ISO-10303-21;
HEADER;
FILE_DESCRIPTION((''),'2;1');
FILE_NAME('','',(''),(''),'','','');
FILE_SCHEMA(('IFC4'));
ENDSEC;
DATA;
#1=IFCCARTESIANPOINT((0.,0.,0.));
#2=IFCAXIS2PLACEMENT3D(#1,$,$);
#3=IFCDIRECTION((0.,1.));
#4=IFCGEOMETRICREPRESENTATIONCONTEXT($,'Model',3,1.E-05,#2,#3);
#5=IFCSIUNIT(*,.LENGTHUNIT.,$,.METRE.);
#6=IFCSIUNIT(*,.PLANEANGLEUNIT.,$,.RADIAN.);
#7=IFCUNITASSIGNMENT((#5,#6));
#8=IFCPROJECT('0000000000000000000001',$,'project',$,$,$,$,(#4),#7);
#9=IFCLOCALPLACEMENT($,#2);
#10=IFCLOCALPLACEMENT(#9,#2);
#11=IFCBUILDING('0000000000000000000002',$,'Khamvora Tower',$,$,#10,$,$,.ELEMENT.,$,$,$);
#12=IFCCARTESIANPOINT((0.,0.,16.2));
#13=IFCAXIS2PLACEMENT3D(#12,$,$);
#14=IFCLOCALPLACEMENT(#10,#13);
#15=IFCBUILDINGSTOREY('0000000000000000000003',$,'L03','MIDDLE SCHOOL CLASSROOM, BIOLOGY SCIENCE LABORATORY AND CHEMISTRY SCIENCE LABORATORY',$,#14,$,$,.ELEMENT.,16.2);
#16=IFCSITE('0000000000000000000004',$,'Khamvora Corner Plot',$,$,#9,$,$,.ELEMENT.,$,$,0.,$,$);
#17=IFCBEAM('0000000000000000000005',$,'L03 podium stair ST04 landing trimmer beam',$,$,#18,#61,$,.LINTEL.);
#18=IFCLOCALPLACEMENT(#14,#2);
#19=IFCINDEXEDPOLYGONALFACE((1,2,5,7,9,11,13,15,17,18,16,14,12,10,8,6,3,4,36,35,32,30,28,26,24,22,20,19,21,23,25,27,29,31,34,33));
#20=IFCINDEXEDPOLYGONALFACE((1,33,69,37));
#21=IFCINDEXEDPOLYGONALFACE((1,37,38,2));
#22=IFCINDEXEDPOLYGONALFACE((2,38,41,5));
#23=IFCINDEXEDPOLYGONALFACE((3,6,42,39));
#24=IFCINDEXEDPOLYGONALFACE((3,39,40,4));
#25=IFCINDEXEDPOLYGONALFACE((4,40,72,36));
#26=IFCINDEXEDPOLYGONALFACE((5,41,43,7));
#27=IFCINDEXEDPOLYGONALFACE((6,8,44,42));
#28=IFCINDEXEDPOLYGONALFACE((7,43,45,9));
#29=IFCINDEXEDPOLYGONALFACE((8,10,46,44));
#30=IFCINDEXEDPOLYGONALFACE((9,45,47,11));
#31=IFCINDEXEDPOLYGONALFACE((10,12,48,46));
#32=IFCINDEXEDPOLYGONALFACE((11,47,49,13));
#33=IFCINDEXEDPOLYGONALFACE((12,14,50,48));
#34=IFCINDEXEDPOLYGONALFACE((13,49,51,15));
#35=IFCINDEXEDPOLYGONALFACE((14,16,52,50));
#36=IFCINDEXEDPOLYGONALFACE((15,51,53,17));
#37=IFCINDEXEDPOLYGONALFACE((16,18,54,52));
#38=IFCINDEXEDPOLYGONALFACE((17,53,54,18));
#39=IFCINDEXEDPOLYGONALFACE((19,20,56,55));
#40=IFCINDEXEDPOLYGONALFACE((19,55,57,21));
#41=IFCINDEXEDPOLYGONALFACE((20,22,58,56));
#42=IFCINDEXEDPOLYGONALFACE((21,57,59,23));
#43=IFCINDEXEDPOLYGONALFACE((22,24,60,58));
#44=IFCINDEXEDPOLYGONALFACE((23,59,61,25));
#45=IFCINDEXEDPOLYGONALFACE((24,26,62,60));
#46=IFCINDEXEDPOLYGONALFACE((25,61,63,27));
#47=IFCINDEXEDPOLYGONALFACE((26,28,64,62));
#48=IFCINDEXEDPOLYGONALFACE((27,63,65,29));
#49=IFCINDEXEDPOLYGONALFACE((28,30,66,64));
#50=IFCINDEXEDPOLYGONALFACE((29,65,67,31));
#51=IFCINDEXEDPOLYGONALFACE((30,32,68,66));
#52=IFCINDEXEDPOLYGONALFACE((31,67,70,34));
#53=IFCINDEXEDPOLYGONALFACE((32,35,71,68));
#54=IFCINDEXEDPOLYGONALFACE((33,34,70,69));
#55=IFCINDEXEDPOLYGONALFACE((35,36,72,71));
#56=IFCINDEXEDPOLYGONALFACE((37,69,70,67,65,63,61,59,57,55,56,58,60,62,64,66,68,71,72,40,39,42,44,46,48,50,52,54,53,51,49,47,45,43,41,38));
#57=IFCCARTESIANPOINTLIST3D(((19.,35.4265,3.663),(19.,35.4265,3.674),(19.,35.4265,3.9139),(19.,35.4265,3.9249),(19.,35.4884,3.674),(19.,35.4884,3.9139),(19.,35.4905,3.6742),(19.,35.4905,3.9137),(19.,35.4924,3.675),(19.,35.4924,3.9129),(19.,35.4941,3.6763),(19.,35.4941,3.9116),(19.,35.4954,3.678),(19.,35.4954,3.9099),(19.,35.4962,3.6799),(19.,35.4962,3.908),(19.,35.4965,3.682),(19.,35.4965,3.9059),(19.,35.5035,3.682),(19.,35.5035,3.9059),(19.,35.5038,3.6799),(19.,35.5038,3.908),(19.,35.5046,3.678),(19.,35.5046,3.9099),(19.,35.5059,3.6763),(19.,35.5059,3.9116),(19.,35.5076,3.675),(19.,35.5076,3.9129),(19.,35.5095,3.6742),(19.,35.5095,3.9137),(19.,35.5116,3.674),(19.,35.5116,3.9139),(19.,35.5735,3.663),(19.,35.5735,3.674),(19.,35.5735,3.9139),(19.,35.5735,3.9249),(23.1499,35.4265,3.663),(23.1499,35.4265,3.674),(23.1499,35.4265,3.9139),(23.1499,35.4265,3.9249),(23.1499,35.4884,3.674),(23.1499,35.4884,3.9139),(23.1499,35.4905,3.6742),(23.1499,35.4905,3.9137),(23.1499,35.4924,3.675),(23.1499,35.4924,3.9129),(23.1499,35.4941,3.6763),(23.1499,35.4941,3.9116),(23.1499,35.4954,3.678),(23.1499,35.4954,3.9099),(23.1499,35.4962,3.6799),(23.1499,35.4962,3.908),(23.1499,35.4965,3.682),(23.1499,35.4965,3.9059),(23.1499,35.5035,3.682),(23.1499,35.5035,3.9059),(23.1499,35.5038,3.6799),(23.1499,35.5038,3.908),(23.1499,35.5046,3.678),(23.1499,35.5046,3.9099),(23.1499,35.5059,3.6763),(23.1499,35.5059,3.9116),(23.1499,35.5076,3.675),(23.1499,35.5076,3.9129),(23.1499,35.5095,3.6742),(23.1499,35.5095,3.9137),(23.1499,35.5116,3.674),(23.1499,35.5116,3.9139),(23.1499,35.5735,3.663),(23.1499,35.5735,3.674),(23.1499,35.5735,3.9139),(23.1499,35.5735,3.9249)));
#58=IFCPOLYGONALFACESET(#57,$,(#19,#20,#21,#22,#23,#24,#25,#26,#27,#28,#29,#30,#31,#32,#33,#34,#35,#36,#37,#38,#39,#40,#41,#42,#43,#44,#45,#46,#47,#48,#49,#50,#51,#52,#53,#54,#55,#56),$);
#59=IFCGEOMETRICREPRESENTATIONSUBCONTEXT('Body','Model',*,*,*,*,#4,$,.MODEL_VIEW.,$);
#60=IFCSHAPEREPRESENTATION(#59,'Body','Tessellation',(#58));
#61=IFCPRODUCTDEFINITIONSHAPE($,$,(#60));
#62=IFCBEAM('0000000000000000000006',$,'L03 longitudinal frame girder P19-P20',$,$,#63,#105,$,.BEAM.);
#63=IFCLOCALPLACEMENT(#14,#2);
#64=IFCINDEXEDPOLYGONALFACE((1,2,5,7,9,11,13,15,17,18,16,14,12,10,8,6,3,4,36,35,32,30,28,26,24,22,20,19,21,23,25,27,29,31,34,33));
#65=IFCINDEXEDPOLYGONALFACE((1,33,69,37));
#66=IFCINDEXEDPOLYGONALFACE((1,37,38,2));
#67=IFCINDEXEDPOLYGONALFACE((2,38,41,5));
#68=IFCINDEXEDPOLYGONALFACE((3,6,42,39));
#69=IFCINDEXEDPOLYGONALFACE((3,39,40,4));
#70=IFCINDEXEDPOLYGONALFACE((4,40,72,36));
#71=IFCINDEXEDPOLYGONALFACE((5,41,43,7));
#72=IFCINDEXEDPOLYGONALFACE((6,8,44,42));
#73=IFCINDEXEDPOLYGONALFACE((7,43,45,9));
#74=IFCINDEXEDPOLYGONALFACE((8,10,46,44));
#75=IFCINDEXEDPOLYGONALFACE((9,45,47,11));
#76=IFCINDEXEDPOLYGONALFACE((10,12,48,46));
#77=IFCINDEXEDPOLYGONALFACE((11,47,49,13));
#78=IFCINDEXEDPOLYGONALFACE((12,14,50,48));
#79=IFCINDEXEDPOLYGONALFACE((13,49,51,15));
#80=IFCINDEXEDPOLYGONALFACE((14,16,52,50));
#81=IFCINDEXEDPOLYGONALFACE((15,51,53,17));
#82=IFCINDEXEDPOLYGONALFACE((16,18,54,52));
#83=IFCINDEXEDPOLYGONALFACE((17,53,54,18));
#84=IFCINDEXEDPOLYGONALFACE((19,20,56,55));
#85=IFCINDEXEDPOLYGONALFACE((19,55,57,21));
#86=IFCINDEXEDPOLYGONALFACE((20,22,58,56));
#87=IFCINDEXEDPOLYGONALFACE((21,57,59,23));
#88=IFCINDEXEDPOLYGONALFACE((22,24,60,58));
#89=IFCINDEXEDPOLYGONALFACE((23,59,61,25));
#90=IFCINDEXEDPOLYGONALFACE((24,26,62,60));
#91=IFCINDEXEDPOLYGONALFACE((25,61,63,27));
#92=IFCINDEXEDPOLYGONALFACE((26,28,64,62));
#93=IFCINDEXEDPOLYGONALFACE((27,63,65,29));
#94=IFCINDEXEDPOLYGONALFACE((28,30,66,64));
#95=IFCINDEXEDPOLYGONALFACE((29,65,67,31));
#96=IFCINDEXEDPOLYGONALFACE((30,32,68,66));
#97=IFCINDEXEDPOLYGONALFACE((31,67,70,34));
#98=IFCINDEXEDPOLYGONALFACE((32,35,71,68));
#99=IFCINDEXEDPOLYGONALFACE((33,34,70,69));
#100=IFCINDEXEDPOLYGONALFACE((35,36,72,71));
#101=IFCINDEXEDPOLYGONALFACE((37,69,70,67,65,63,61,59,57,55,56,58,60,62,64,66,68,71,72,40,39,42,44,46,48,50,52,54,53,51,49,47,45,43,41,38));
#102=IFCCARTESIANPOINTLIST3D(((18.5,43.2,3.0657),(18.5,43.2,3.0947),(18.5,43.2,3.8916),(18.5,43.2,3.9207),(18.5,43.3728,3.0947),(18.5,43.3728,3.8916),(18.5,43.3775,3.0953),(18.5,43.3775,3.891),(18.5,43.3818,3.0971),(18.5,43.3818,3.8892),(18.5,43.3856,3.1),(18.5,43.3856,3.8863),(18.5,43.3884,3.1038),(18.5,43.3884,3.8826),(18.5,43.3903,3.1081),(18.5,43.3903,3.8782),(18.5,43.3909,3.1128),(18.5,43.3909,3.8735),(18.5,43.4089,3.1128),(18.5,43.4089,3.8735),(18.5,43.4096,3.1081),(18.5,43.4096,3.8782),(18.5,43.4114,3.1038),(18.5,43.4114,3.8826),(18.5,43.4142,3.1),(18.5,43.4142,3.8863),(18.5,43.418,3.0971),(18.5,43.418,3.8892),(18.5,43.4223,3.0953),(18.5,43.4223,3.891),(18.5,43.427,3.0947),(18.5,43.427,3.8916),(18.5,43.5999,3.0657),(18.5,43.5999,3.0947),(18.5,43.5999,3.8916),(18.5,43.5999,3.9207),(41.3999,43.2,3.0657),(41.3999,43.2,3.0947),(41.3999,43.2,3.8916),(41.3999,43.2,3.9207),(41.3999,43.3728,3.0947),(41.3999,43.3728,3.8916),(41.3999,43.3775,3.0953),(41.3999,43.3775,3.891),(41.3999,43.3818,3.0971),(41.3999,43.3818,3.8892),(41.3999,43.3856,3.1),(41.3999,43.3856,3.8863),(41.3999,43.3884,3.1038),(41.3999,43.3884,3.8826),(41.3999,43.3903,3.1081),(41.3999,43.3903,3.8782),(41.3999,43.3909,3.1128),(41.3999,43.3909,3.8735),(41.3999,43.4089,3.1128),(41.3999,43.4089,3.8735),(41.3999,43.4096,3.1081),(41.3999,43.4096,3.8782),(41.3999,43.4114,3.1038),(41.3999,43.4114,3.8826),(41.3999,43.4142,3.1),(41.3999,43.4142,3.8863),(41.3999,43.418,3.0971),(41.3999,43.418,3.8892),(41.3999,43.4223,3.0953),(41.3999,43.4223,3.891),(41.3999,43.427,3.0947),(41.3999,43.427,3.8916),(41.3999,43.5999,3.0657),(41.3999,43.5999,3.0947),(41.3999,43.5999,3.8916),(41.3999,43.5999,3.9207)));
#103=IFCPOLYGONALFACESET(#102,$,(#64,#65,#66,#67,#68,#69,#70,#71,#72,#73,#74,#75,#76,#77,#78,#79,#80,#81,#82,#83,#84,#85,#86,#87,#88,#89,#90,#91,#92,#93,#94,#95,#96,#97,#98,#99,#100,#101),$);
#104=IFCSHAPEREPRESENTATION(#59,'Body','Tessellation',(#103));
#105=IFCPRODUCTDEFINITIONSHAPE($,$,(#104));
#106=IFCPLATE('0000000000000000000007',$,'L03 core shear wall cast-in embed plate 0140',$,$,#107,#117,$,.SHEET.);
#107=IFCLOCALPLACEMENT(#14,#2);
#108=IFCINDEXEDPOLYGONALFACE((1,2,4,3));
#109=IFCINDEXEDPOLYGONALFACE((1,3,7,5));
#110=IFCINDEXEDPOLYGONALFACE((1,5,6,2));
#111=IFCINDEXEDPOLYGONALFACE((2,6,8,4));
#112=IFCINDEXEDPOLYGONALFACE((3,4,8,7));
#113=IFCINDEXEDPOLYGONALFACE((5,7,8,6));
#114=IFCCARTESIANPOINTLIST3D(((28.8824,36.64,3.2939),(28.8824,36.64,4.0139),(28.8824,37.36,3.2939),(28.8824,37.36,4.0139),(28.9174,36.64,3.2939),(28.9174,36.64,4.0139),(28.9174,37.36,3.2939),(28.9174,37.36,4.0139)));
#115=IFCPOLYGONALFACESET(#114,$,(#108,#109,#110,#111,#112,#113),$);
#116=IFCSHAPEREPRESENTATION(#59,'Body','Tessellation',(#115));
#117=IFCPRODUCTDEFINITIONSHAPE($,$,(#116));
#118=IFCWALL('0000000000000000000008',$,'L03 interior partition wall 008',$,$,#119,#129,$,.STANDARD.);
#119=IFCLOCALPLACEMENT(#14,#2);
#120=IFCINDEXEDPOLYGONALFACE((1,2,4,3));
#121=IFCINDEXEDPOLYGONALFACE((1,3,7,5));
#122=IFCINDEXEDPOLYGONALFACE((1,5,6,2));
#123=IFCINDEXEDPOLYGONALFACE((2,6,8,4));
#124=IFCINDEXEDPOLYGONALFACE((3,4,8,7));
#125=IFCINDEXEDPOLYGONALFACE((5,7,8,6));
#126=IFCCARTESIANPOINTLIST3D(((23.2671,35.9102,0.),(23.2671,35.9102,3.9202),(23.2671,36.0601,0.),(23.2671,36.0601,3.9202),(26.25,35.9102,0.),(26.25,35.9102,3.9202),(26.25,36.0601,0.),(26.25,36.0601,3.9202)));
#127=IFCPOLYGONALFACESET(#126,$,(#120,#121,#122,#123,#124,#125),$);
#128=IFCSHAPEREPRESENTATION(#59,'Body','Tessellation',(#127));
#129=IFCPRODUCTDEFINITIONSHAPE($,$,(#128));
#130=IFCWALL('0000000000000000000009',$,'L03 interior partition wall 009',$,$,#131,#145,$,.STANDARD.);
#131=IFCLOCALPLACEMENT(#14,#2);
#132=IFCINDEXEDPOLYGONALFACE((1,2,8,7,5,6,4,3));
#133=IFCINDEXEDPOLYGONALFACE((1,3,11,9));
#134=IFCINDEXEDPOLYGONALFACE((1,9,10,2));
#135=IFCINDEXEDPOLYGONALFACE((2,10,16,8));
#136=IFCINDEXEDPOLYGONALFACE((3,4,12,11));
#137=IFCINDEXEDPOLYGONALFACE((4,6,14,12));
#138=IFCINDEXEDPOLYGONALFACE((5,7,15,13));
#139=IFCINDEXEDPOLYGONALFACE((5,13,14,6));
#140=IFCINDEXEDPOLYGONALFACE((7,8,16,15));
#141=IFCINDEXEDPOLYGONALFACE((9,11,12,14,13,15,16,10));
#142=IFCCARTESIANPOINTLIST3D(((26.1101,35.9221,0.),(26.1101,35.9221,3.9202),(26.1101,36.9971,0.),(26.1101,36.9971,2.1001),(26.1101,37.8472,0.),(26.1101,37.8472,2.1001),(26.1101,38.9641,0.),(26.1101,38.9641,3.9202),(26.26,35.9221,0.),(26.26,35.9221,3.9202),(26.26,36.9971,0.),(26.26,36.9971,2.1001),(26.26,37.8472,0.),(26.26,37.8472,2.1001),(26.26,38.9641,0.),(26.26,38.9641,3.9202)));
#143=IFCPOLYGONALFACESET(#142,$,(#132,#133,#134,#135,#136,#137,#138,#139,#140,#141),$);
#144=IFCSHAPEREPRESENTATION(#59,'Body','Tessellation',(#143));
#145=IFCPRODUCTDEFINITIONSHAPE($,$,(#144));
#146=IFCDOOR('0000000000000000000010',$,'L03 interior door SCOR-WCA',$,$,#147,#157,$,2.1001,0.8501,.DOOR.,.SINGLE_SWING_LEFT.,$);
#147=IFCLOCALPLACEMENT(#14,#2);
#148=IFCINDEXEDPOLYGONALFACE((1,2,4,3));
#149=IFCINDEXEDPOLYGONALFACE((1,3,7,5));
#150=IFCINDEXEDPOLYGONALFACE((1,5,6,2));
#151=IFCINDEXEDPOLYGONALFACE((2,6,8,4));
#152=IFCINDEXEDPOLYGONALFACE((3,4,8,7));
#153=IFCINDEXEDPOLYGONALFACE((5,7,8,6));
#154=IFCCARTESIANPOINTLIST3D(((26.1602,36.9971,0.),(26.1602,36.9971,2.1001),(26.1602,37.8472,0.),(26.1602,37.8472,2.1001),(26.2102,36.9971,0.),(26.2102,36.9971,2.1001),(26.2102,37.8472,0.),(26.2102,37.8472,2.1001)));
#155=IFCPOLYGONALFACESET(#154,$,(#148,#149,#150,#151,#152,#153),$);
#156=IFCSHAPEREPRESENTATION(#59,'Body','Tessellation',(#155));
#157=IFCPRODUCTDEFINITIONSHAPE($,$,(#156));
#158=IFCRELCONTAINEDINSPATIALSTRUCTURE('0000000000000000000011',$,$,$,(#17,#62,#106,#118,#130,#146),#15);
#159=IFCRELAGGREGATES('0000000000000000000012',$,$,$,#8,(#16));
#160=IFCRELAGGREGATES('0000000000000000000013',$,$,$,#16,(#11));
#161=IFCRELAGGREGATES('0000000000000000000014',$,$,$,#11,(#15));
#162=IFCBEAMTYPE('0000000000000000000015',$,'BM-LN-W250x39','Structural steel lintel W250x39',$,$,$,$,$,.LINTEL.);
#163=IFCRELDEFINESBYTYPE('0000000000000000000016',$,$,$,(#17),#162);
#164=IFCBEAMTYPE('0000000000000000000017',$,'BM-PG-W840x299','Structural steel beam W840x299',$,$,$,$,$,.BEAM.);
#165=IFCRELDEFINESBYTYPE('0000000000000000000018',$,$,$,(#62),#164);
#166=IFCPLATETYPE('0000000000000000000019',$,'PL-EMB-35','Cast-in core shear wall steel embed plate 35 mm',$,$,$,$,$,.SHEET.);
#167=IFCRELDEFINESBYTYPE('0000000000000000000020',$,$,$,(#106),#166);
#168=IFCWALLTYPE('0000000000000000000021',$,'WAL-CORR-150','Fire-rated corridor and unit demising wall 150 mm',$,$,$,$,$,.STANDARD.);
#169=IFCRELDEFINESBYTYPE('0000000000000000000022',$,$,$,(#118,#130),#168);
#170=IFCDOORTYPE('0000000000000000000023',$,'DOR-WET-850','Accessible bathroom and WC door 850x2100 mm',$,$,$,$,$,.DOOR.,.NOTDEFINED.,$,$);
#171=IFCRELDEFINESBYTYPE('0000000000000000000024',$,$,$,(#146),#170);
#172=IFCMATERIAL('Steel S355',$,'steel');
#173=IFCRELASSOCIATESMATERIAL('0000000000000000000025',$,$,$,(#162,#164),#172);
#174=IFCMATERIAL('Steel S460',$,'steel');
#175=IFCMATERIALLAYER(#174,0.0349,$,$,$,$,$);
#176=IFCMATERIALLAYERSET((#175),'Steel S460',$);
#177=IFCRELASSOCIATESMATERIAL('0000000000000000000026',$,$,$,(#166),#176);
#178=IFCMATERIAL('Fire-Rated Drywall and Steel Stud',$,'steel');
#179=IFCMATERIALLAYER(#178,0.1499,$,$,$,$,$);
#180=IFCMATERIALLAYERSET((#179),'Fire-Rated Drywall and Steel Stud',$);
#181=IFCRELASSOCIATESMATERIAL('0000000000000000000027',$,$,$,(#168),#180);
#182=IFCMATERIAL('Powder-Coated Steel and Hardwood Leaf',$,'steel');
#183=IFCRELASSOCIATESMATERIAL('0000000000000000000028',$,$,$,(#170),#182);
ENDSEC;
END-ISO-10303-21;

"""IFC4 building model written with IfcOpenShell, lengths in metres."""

from ifc_helpers import new_model, si_unit, direction, frame, frame_2d, origin, origin_2d, place, context, subcontext, project, spatial, rectangle, i_section, extrude, material, layer, layer_set, material_profile, profile_set, type_object, element, fill, save


model = new_model("IFC4")

# Units and contexts
model_context = context("Model", 3, precision=1e-05, world=origin(), true_north=direction((0.0, 1.0)))
body_context = subcontext(model_context, "Body", "Model", "MODEL_VIEW")
ifc_project = project(units=[si_unit("LENGTHUNIT", "METRE"), si_unit("PLANEANGLEUNIT", "RADIAN")], contexts=[model_context])

# Site, building, storey
site_placement = place(None, origin())
site = spatial("IfcSite", under=ifc_project, at=site_placement, Name="Khamvora Corner Plot", CompositionType="ELEMENT", RefElevation=0.0)
building_placement = place(site_placement, origin())
building = spatial("IfcBuilding", under=site, at=building_placement, Name="Khamvora Tower", CompositionType="ELEMENT")
storey_placement = place(building_placement, frame((0.0, 0.0, 16.2)))
storey = spatial("IfcBuildingStorey", under=building, at=storey_placement, Name="L03", Description="MIDDLE SCHOOL CLASSROOM, BIOLOGY SCIENCE LABORATORY AND CHEMISTRY SCIENCE LABORATORY", CompositionType="ELEMENT", Elevation=16.2)

# Shared definitions
ifc_material_1 = material(Name="Steel S460", Category="steel")

# Beams
ifc_material_2 = material(Name="Steel S355", Category="steel")
ifc_material_profile_1 = material_profile(ifc_material_2, i_section(OverallWidth=0.147, OverallDepth=0.262, WebThickness=0.0071, FlangeThickness=0.011, FilletRadius=0.0081, at=origin_2d()), Name="W250x39")
ifc_profile_set_1 = profile_set([ifc_material_profile_1], Name="Steel S355")
beam_type_1 = type_object("IfcBeamType", Name="BM-LN-W250x39", Description="Structural steel lintel W250x39", PredefinedType="LINTEL", material=ifc_profile_set_1)
beam_1_placement = place(storey_placement, frame((19.0, 35.5, 3.7939), z_axis=(1.0, 0.0, 0.0), x_axis=(0.0, 1.0, 0.0)))
element("IfcBeam", 1, at=beam_1_placement, inside=storey, type_object=beam_type_1, Name="L03 podium stair ST04 landing trimmer beam", PredefinedType="LINTEL", context=body_context, shape_type="SweptSolid", body=[
    extrude(i_section(OverallWidth=0.147, OverallDepth=0.262, WebThickness=0.0071, FlangeThickness=0.011, FilletRadius=0.0081, at=origin_2d()), origin(), (0.0, 0.0, 1.0), 4.1499),
])
ifc_material_profile_2 = material_profile(ifc_material_2, i_section(OverallWidth=0.3999, OverallDepth=0.855, WebThickness=0.0181, FlangeThickness=0.0291, FilletRadius=0.0181, at=origin_2d()), Name="W840x299")
ifc_profile_set_2 = profile_set([ifc_material_profile_2], Name="Steel S355")
beam_type_2 = type_object("IfcBeamType", Name="BM-PG-W840x299", Description="Structural steel beam W840x299", PredefinedType="BEAM", material=ifc_profile_set_2)
beam_2_placement = place(storey_placement, frame((18.5, 43.3999, 3.4932), z_axis=(1.0, 0.0, 0.0), x_axis=(0.0, 1.0, 0.0)))
element("IfcBeam", 2, at=beam_2_placement, inside=storey, type_object=beam_type_2, Name="L03 longitudinal frame girder P19-P20", PredefinedType="BEAM", context=body_context, shape_type="SweptSolid", body=[
    extrude(i_section(OverallWidth=0.3999, OverallDepth=0.855, WebThickness=0.0181, FlangeThickness=0.0291, FilletRadius=0.0181, at=origin_2d()), origin(), (0.0, 0.0, 1.0), 22.8999),
])

# Plate
ifc_layer_1 = layer(ifc_material_1, 0.0349)
ifc_layer_set_1 = layer_set([ifc_layer_1], Name="Steel S460")
plate_type = type_object("IfcPlateType", Name="PL-EMB-35", Description="Cast-in core shear wall steel embed plate 35 mm", PredefinedType="SHEET", material=ifc_layer_set_1)
plate_placement = place(storey_placement, frame((28.8999, 37.0, 3.2939), z_axis=(0.0, 0.0, 1.0), x_axis=(1.0, 0.0, 0.0)))
element("IfcPlate", 3, at=plate_placement, inside=storey, type_object=plate_type, Name="L03 core shear wall cast-in embed plate 0140", PredefinedType="SHEET", context=body_context, shape_type="SweptSolid", body=[
    extrude(rectangle(XDim=0.0349, YDim=0.72, at=origin_2d()), origin(), (0.0, 0.0, 1.0), 0.72),
])

# Wall
ifc_material_3 = material(Name="Fire-Rated Drywall and Steel Stud", Category="steel")
ifc_layer_2 = layer(ifc_material_3, 0.1499)
ifc_layer_set_2 = layer_set([ifc_layer_2], Name="Fire-Rated Drywall and Steel Stud")
wall_type_1 = type_object("IfcWallType", Name="WAL-CORR-150", Description="Fire-rated corridor and unit demising wall 150 mm", PredefinedType="STANDARD", material=ifc_layer_set_2)
wall_1_placement = place(storey_placement, frame((23.2671, 35.9851, 0.0), z_axis=(0.0, 0.0, 1.0), x_axis=(1.0, 0.0, 0.0)))
element("IfcWall", 4, at=wall_1_placement, inside=storey, type_object=wall_type_1, Name="L03 interior partition wall 008", PredefinedType="STANDARD", context=body_context, shape_type="SweptSolid", body=[
    extrude(rectangle(XDim=2.9829, YDim=0.1499, at=frame_2d((1.4915, 0.0))), origin(), (0.0, 0.0, 1.0), 3.9202),
])

# Wall, opening, door
wall_2_placement = place(storey_placement, frame((26.1851, 35.9221, 0.0), z_axis=(0.0, 0.0, 1.0), x_axis=(0.0, 1.0, 0.0)))
wall_2 = element("IfcWall", 5, at=wall_2_placement, inside=storey, type_object=wall_type_1, Name="L03 interior partition wall 009", PredefinedType="STANDARD", context=body_context, shape_type="SweptSolid", body=[
    extrude(rectangle(XDim=3.042, YDim=0.1499, at=frame_2d((1.521, 0.0))), origin(), (0.0, 0.0, 1.0), 3.9202),
])
opening_1_placement = place(wall_2_placement, frame((1.075, 0.0, 0.0)))
opening_1 = element("IfcOpeningElement", 6, at=opening_1_placement, cuts=wall_2, PredefinedType="OPENING", context=body_context, shape_type="SweptSolid", body=[
    extrude(rectangle(XDim=0.8501, YDim=2.1001, at=frame_2d((0.425, 1.05))), frame((0.0, 0.085, 0.0), z_axis=(0.0, -1.0, 0.0), x_axis=(1.0, 0.0, 0.0)), (0.0, 0.0, 1.0), 0.1699),
])
ifc_material_4 = material(Name="Powder-Coated Steel and Hardwood Leaf", Category="steel")
door_type_1 = type_object("IfcDoorType", Name="DOR-WET-850", Description="Accessible bathroom and WC door 850x2100 mm", OperationType="NOTDEFINED", PredefinedType="DOOR", material=ifc_material_4)
door_1_placement = place(opening_1_placement, origin())
door_1 = element("IfcDoor", 7, at=door_1_placement, inside=storey, type_object=door_type_1, Name="L03 interior door SCOR-WCA", OperationType="SINGLE_SWING_LEFT", OverallHeight=2.1001, OverallWidth=0.8501, PredefinedType="DOOR", context=body_context, shape_type="SweptSolid", body=[
    extrude(rectangle(XDim=0.8501, YDim=2.1001, at=frame_2d((0.425, 1.05))), frame((0.0, 0.0249, 0.0), z_axis=(0.0, -1.0, 0.0), x_axis=(1.0, 0.0, 0.0)), (0.0, 0.0, 1.0), 0.05),
])
fill(opening_1, door_1)

save(model, "model.ifc")
